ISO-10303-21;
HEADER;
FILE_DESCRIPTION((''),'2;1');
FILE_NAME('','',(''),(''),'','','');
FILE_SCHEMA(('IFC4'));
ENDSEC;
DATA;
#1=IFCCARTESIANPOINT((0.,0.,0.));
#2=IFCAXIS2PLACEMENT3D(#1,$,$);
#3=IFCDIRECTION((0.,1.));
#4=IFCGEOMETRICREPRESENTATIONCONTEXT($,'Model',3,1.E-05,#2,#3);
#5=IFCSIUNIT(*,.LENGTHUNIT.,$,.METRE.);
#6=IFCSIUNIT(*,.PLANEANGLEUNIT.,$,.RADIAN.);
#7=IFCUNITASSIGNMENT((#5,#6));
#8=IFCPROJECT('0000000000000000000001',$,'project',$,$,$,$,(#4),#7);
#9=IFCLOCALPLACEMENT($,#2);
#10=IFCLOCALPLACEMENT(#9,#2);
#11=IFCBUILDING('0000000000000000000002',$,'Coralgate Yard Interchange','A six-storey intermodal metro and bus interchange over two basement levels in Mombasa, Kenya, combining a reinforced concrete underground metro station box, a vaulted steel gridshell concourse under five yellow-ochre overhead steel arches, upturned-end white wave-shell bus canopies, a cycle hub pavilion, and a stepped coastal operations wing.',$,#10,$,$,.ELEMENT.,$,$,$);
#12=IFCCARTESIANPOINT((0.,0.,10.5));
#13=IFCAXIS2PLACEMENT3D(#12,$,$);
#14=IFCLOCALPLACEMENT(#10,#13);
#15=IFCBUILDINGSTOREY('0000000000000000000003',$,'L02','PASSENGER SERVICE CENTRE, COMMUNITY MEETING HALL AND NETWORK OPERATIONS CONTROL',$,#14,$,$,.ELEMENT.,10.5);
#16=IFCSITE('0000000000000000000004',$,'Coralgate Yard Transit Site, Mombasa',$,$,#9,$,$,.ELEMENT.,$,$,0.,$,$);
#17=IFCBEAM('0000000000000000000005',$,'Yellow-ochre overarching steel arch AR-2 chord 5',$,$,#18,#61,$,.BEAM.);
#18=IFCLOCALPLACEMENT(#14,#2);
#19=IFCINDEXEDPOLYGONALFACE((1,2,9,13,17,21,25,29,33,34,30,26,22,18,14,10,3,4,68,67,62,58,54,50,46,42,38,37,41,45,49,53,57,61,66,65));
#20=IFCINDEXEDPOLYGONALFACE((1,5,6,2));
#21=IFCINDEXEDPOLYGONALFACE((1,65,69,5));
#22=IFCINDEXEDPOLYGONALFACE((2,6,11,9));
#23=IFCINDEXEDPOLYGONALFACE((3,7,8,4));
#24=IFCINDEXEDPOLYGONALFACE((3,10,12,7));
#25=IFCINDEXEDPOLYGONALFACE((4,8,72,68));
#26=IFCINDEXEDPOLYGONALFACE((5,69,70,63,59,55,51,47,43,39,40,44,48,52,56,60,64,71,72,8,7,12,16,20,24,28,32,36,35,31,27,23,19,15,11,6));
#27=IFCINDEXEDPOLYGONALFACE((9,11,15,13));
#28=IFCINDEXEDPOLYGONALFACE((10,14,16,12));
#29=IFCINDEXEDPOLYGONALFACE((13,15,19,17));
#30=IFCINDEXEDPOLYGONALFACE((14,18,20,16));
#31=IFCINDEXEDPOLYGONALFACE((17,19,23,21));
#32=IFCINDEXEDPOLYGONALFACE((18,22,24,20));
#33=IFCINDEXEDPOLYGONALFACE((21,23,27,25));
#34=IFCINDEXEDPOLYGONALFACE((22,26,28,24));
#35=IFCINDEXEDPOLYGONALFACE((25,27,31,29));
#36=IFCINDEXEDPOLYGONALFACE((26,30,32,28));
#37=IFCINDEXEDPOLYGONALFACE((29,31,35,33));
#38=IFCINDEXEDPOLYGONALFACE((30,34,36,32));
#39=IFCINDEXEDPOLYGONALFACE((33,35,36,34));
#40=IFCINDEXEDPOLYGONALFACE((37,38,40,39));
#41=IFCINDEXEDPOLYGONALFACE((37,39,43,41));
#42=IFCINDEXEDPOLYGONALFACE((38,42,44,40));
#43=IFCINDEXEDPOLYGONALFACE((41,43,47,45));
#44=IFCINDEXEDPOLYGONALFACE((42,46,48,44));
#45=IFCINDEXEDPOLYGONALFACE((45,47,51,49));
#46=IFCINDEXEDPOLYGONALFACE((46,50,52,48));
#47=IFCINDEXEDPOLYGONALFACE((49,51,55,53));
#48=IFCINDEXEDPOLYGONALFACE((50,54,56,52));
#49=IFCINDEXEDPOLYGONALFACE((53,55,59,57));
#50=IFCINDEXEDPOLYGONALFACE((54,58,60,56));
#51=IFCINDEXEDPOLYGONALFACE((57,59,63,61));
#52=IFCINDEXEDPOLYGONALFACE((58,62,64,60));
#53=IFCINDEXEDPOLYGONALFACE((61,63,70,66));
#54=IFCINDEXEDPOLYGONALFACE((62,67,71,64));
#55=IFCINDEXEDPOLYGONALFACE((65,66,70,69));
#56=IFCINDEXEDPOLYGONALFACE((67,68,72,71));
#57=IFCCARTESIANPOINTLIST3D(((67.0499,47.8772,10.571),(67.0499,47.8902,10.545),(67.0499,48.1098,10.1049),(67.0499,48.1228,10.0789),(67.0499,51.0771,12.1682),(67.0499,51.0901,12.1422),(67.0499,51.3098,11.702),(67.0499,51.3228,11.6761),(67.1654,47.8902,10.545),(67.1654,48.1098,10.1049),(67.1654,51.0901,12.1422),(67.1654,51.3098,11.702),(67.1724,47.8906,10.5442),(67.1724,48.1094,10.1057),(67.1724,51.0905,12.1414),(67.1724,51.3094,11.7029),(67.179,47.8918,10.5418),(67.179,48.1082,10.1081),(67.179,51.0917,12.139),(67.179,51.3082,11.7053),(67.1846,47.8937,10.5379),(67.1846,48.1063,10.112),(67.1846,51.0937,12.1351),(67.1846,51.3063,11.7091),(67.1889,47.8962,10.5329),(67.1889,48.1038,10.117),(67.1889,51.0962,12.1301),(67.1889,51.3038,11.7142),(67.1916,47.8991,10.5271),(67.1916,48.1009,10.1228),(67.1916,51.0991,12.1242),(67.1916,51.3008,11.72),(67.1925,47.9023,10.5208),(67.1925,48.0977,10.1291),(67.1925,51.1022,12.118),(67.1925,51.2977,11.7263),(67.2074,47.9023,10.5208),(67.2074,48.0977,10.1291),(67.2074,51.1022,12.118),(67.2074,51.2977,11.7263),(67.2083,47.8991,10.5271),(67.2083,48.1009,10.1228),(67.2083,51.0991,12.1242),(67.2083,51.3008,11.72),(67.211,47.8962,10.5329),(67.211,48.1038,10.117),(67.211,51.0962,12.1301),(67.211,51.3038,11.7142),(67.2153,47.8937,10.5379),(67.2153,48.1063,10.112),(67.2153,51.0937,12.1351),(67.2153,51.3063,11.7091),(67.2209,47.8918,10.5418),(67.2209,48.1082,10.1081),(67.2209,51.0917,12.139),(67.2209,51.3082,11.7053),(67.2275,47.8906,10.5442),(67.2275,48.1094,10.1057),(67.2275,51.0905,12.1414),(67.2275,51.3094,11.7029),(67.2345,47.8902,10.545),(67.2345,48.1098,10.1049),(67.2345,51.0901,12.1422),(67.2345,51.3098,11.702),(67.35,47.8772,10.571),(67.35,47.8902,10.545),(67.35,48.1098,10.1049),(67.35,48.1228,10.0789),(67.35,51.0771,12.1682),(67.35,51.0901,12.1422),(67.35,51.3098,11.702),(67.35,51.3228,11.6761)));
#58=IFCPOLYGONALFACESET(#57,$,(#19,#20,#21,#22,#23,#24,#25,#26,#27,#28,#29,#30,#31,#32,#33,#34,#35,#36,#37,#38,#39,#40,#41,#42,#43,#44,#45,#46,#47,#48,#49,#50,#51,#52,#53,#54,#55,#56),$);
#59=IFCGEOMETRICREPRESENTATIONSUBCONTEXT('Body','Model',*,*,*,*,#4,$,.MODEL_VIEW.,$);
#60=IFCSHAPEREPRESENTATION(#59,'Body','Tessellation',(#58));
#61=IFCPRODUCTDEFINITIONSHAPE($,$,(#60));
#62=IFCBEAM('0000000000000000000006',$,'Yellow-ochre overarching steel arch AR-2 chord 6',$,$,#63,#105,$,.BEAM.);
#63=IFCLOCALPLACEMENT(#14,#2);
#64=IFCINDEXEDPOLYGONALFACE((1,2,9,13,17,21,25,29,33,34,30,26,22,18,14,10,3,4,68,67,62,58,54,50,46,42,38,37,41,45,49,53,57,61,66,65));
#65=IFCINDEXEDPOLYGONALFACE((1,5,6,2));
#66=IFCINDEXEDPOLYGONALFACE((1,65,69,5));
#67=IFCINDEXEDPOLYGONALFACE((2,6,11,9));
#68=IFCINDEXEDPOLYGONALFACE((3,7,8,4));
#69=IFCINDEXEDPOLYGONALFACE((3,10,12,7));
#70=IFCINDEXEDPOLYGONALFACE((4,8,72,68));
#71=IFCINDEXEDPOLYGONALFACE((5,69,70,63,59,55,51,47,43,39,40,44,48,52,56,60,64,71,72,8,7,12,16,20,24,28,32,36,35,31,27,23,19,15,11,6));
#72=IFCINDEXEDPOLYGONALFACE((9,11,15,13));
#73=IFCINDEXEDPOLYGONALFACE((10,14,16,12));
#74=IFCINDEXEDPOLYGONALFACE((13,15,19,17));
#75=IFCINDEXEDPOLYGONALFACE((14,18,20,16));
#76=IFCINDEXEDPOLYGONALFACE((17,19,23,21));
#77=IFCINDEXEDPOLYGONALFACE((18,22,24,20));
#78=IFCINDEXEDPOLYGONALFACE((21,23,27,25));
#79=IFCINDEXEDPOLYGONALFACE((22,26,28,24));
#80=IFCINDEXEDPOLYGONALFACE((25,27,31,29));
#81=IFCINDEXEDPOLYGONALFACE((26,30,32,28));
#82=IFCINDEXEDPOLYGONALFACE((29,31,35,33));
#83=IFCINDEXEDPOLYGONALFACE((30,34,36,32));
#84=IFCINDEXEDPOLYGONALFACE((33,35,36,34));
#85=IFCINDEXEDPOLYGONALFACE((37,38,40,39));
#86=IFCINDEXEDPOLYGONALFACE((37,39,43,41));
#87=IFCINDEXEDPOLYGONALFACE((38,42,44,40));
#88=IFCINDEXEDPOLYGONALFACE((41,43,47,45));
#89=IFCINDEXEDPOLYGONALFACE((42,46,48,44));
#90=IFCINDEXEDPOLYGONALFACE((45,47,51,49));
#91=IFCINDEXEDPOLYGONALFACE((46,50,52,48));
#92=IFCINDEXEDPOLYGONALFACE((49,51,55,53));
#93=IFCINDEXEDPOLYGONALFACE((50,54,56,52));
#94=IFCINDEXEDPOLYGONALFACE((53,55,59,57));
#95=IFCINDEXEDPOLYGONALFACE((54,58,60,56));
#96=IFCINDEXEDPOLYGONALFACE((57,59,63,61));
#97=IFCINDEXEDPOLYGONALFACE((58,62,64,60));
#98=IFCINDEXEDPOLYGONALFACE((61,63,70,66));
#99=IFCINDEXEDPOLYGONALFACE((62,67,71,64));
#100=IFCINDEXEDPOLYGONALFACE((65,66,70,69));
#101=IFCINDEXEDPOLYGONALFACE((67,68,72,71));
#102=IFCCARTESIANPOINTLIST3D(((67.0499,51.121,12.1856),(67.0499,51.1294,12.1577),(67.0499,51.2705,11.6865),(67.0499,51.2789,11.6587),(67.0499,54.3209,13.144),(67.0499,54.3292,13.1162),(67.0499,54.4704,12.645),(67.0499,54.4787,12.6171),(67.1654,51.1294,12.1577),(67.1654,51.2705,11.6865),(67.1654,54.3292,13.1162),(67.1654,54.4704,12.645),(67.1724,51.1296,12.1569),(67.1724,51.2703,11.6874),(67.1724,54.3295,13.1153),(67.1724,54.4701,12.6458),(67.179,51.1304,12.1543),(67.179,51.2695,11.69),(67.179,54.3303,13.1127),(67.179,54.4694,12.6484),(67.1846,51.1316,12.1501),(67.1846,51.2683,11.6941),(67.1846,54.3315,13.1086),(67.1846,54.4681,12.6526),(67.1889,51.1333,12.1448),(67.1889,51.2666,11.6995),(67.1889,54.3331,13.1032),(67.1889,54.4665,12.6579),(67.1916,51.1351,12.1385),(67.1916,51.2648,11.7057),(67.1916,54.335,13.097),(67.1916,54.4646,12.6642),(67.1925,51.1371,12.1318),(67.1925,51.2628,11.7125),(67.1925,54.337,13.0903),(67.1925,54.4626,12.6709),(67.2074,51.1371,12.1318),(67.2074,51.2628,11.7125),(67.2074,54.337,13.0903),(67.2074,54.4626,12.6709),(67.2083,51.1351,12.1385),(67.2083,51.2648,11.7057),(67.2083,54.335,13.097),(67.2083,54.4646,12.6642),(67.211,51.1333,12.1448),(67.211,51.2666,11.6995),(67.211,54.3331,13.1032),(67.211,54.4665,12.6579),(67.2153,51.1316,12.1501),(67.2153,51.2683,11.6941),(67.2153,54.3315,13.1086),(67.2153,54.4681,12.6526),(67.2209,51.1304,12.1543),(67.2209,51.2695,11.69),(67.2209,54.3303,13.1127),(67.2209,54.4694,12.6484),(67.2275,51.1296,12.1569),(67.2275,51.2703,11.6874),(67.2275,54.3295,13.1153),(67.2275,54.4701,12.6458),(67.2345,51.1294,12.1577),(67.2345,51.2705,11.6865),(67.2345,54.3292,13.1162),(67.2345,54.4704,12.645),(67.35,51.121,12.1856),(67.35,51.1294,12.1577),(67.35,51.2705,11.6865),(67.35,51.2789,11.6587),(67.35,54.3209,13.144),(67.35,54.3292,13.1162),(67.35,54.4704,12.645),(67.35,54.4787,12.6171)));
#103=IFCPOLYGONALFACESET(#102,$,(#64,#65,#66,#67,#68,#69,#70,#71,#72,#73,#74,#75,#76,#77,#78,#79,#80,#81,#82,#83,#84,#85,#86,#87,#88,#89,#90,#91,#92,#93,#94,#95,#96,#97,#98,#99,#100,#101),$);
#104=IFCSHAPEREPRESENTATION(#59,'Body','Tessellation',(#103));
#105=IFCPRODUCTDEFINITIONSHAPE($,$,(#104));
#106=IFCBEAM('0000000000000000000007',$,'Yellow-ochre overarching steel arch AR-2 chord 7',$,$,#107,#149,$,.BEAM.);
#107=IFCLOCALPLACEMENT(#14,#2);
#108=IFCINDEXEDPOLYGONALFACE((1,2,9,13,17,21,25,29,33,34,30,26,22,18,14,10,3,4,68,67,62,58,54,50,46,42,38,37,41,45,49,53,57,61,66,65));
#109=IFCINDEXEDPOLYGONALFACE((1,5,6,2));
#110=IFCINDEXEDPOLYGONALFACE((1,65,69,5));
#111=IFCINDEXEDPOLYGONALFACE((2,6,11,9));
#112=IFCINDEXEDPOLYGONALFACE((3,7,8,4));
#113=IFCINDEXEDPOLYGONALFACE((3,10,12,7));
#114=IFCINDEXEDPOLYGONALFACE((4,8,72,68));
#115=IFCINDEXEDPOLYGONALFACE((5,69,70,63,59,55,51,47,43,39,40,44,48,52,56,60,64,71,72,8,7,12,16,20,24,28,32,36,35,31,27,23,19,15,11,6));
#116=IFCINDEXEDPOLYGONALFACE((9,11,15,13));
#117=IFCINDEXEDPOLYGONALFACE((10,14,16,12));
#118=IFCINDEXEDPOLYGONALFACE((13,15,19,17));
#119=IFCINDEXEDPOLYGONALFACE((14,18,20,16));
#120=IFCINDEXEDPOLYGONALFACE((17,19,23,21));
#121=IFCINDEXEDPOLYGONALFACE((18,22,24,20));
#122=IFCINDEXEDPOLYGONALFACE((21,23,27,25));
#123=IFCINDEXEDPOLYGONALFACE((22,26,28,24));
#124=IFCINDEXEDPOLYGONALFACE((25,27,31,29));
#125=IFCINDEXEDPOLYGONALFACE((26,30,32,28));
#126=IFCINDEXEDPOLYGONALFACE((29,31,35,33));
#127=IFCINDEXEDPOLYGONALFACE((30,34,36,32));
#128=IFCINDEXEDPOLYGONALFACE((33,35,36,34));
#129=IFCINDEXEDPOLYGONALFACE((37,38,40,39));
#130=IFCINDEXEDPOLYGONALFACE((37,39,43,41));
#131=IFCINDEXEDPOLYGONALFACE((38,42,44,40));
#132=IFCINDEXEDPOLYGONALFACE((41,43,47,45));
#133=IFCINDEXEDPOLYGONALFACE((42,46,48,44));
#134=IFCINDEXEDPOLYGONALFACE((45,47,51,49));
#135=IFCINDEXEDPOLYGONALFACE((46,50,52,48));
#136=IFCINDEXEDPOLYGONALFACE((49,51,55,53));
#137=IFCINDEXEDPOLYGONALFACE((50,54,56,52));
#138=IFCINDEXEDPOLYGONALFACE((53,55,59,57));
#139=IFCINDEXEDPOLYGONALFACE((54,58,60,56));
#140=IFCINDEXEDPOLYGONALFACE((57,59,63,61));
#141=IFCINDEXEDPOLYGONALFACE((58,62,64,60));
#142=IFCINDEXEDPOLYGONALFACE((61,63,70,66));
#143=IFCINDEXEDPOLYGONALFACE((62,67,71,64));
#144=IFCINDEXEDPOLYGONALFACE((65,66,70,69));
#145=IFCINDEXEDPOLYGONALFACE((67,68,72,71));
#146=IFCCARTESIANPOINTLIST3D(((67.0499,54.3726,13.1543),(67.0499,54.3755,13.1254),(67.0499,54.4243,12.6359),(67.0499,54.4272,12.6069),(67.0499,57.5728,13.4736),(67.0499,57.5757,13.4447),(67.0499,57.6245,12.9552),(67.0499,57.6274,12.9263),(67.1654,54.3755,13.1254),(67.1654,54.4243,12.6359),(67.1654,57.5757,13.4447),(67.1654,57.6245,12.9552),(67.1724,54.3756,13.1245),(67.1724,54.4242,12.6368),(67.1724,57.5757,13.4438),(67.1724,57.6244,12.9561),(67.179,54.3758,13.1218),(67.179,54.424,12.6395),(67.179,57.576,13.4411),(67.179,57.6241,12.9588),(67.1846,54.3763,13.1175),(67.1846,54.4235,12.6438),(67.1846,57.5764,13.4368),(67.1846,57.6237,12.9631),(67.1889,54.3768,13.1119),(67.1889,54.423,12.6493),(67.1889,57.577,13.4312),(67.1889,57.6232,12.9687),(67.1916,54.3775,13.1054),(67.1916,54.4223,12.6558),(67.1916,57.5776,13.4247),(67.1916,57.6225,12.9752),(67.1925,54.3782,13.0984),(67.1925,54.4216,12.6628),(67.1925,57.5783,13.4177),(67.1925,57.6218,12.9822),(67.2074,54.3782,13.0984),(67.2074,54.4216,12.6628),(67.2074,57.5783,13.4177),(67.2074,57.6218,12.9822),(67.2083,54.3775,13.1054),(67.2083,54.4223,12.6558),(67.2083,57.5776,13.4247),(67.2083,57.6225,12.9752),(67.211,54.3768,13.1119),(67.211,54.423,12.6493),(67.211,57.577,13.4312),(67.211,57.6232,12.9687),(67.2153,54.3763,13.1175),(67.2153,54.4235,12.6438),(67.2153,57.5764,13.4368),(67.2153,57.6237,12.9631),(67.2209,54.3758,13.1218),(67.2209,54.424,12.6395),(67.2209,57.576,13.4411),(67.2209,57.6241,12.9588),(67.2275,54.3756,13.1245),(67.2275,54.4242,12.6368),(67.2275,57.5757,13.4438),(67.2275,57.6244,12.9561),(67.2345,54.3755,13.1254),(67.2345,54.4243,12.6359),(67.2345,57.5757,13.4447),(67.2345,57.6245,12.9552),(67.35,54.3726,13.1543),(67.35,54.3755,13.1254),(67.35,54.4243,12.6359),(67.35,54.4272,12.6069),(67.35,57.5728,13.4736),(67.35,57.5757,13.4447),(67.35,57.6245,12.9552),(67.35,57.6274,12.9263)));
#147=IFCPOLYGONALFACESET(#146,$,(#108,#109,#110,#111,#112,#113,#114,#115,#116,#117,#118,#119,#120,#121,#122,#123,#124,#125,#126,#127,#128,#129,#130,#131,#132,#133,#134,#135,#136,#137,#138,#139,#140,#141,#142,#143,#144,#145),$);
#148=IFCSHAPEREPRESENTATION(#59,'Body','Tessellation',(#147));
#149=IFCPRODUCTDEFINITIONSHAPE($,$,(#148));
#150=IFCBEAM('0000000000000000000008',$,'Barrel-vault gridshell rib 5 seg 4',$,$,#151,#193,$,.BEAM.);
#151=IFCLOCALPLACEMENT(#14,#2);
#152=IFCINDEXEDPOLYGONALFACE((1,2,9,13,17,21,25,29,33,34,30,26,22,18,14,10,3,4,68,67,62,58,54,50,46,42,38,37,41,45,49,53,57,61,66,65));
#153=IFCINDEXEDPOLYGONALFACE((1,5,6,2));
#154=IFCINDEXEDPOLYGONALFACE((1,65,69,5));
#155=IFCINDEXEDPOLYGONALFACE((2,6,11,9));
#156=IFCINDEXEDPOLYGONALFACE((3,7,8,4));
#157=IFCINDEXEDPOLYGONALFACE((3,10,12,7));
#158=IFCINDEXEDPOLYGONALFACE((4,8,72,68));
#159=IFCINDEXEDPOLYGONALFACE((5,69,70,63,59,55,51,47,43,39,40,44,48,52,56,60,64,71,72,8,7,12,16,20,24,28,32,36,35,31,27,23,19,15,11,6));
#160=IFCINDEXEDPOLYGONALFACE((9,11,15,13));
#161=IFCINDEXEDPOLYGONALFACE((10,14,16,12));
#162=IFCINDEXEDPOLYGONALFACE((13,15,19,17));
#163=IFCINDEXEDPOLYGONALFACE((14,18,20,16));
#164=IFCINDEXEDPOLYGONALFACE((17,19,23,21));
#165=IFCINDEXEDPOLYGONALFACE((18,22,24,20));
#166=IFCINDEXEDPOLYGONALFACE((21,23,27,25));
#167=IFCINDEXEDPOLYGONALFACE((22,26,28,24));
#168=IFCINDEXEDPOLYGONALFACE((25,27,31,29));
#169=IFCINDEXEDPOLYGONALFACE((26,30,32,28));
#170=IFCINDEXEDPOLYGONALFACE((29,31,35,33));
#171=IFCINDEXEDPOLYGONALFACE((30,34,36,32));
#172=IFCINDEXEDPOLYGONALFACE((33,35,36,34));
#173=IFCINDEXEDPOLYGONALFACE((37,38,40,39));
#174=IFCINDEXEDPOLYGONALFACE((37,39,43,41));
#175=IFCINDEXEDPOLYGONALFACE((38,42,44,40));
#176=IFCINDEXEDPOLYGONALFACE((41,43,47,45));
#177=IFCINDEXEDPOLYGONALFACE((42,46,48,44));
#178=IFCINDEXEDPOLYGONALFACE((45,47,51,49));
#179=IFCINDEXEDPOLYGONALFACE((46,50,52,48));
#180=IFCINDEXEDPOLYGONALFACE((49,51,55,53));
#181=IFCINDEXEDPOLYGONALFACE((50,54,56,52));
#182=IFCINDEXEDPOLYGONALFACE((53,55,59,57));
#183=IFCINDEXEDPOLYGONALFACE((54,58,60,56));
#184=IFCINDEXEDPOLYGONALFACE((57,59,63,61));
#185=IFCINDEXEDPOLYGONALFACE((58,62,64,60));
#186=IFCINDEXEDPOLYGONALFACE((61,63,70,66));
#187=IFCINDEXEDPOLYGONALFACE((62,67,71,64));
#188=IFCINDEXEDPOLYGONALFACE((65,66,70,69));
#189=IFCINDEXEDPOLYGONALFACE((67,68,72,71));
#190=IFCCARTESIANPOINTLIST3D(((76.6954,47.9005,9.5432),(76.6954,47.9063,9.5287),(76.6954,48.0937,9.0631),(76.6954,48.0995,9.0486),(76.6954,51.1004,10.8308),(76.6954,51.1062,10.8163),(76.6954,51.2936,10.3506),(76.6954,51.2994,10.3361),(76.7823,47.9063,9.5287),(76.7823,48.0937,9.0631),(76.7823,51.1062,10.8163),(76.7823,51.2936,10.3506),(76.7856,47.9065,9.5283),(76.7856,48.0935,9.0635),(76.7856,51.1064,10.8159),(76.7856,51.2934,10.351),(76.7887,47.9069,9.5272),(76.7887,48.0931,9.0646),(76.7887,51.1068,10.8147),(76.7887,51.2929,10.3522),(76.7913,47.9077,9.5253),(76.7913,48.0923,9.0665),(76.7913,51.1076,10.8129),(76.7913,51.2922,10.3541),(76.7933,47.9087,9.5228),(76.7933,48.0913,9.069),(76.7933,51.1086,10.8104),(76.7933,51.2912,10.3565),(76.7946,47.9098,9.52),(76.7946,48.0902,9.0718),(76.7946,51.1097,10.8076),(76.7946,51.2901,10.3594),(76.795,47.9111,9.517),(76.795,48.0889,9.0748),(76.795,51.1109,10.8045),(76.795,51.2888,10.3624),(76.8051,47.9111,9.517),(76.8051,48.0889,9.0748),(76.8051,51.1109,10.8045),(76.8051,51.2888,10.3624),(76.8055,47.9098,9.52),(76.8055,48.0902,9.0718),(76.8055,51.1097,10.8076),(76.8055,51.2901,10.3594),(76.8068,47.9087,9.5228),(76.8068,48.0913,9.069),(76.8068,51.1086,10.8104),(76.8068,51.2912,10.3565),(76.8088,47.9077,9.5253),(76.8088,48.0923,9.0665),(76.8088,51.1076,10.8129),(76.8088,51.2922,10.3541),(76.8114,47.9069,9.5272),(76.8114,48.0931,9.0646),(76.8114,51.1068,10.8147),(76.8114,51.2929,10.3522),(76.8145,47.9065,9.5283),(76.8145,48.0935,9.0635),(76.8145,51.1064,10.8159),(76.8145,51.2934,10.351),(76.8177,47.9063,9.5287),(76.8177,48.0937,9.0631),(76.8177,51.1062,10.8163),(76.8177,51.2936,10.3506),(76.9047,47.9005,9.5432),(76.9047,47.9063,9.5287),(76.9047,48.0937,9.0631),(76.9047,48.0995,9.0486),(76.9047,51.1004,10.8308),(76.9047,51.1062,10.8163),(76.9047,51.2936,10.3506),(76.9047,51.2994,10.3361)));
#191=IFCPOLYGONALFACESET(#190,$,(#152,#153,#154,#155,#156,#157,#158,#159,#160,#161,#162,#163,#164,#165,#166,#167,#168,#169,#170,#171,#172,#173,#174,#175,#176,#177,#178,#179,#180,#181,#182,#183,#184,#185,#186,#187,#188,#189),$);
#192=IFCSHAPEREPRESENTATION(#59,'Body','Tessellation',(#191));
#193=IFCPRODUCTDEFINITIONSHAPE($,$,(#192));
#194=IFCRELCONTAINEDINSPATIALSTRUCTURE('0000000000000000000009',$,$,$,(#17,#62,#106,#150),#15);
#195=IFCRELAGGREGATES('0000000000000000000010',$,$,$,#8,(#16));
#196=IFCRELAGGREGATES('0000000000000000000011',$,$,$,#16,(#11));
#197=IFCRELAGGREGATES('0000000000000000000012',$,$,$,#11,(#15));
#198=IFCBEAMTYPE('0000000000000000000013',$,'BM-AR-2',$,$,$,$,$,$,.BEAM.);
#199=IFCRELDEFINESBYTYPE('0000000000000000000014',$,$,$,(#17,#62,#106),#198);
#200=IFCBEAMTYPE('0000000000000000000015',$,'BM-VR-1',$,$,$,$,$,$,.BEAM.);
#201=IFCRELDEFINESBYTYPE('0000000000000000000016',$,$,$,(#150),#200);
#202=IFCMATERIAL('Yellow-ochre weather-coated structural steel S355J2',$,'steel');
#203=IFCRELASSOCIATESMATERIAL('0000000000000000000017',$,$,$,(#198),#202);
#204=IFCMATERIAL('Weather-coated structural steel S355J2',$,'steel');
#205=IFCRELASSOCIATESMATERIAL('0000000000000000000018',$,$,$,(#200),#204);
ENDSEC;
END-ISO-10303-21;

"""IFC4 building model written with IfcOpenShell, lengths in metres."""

from ifc_helpers import new_model, si_unit, direction, frame, origin, origin_2d, place, context, subcontext, project, spatial, i_section, extrude, material, material_profile, profile_set, type_object, element, save


model = new_model("IFC4")

# Units and contexts
model_context = context("Model", 3, precision=1e-05, world=origin(), true_north=direction((0.0, 1.0)))
body_context = subcontext(model_context, "Body", "Model", "MODEL_VIEW")
ifc_project = project(units=[si_unit("LENGTHUNIT", "METRE"), si_unit("PLANEANGLEUNIT", "RADIAN")], contexts=[model_context])

# Site, building, storey
site_placement = place(None, origin())
site = spatial("IfcSite", under=ifc_project, at=site_placement, Name="Coralgate Yard Transit Site, Mombasa", CompositionType="ELEMENT", RefElevation=0.0)
building_placement = place(site_placement, origin())
building = spatial("IfcBuilding", under=site, at=building_placement, Name="Coralgate Yard Interchange", Description="A six-storey intermodal metro and bus interchange over two basement levels in Mombasa, Kenya, combining a reinforced concrete underground metro station box, a vaulted steel gridshell concourse under five yellow-ochre overhead steel arches, upturned-end white wave-shell bus canopies, a cycle hub pavilion, and a stepped coastal operations wing.", CompositionType="ELEMENT")
storey_placement = place(building_placement, frame((0.0, 0.0, 10.5)))
storey = spatial("IfcBuildingStorey", under=building, at=storey_placement, Name="L02", Description="PASSENGER SERVICE CENTRE, COMMUNITY MEETING HALL AND NETWORK OPERATIONS CONTROL", CompositionType="ELEMENT", Elevation=10.5)

# Beams
ifc_material_1 = material(Name="Yellow-ochre weather-coated structural steel S355J2", Category="steel")
ifc_material_profile_1 = material_profile(ifc_material_1, i_section(OverallWidth=0.3, OverallDepth=0.55, WebThickness=0.0149, FlangeThickness=0.0291, FilletRadius=0.0271, at=origin_2d()), Name="HEB 550")
ifc_profile_set_1 = profile_set([ifc_material_profile_1], Name="Yellow-ochre weather-coated structural steel S355J2")
beam_type_1 = type_object("IfcBeamType", Name="BM-AR-2", PredefinedType="BEAM", material=ifc_profile_set_1)
beam_1_placement = place(storey_placement, frame((67.2, 48.0, 10.325), z_axis=(0.0, 0.894741, 0.446585), x_axis=(-1.0, 0.0, 0.0)))
element("IfcBeam", 1, at=beam_1_placement, inside=storey, type_object=beam_type_1, Name="Yellow-ochre overarching steel arch AR-2 chord 5", PredefinedType="BEAM", context=body_context, shape_type="SweptSolid", body=[
    extrude(i_section(OverallWidth=0.3, OverallDepth=0.55, WebThickness=0.0149, FlangeThickness=0.0291, FilletRadius=0.0271, at=origin_2d()), origin(), (0.0, 0.0, 1.0), 3.5764),
])
beam_2_placement = place(storey_placement, frame((67.2, 51.2, 11.9221), z_axis=(0.0, 0.957949, 0.286939), x_axis=(-1.0, 0.0, 0.0)))
element("IfcBeam", 2, at=beam_2_placement, inside=storey, type_object=beam_type_1, Name="Yellow-ochre overarching steel arch AR-2 chord 6", PredefinedType="BEAM", context=body_context, shape_type="SweptSolid", body=[
    extrude(i_section(OverallWidth=0.3, OverallDepth=0.55, WebThickness=0.0149, FlangeThickness=0.0291, FilletRadius=0.0271, at=origin_2d()), origin(), (0.0, 0.0, 1.0), 3.3403),
])
beam_3_placement = place(storey_placement, frame((67.2, 54.3999, 12.8806), z_axis=(0.0, 0.995058, 0.099293), x_axis=(-1.0, 0.0, 0.0)))
element("IfcBeam", 3, at=beam_3_placement, inside=storey, type_object=beam_type_1, Name="Yellow-ochre overarching steel arch AR-2 chord 7", PredefinedType="BEAM", context=body_context, shape_type="SweptSolid", body=[
    extrude(i_section(OverallWidth=0.3, OverallDepth=0.55, WebThickness=0.0149, FlangeThickness=0.0291, FilletRadius=0.0271, at=origin_2d()), origin(), (0.0, 0.0, 1.0), 3.2161),
])
ifc_material_2 = material(Name="Weather-coated structural steel S355J2", Category="steel")
ifc_material_profile_2 = material_profile(ifc_material_2, i_section(OverallWidth=0.2092, OverallDepth=0.5332, WebThickness=0.01, FlangeThickness=0.0156, FilletRadius=0.0127, at=origin_2d()), Name="UB 533x210x92")
ifc_profile_set_2 = profile_set([ifc_material_profile_2], Name="Weather-coated structural steel S355J2")
beam_type_2 = type_object("IfcBeamType", Name="BM-VR-1", PredefinedType="BEAM", material=ifc_profile_set_2)
beam_4_placement = place(storey_placement, frame((76.8, 48.0, 9.2959), z_axis=(0.0, 0.927713, 0.373294), x_axis=(-1.0, 0.0, 0.0)))
element("IfcBeam", 4, at=beam_4_placement, inside=storey, type_object=beam_type_2, Name="Barrel-vault gridshell rib 5 seg 4", PredefinedType="BEAM", context=body_context, shape_type="SweptSolid", body=[
    extrude(i_section(OverallWidth=0.2092, OverallDepth=0.5332, WebThickness=0.01, FlangeThickness=0.0156, FilletRadius=0.0127, at=origin_2d()), origin(), (0.0, 0.0, 1.0), 3.4492),
])

save(model, "model.ifc")
